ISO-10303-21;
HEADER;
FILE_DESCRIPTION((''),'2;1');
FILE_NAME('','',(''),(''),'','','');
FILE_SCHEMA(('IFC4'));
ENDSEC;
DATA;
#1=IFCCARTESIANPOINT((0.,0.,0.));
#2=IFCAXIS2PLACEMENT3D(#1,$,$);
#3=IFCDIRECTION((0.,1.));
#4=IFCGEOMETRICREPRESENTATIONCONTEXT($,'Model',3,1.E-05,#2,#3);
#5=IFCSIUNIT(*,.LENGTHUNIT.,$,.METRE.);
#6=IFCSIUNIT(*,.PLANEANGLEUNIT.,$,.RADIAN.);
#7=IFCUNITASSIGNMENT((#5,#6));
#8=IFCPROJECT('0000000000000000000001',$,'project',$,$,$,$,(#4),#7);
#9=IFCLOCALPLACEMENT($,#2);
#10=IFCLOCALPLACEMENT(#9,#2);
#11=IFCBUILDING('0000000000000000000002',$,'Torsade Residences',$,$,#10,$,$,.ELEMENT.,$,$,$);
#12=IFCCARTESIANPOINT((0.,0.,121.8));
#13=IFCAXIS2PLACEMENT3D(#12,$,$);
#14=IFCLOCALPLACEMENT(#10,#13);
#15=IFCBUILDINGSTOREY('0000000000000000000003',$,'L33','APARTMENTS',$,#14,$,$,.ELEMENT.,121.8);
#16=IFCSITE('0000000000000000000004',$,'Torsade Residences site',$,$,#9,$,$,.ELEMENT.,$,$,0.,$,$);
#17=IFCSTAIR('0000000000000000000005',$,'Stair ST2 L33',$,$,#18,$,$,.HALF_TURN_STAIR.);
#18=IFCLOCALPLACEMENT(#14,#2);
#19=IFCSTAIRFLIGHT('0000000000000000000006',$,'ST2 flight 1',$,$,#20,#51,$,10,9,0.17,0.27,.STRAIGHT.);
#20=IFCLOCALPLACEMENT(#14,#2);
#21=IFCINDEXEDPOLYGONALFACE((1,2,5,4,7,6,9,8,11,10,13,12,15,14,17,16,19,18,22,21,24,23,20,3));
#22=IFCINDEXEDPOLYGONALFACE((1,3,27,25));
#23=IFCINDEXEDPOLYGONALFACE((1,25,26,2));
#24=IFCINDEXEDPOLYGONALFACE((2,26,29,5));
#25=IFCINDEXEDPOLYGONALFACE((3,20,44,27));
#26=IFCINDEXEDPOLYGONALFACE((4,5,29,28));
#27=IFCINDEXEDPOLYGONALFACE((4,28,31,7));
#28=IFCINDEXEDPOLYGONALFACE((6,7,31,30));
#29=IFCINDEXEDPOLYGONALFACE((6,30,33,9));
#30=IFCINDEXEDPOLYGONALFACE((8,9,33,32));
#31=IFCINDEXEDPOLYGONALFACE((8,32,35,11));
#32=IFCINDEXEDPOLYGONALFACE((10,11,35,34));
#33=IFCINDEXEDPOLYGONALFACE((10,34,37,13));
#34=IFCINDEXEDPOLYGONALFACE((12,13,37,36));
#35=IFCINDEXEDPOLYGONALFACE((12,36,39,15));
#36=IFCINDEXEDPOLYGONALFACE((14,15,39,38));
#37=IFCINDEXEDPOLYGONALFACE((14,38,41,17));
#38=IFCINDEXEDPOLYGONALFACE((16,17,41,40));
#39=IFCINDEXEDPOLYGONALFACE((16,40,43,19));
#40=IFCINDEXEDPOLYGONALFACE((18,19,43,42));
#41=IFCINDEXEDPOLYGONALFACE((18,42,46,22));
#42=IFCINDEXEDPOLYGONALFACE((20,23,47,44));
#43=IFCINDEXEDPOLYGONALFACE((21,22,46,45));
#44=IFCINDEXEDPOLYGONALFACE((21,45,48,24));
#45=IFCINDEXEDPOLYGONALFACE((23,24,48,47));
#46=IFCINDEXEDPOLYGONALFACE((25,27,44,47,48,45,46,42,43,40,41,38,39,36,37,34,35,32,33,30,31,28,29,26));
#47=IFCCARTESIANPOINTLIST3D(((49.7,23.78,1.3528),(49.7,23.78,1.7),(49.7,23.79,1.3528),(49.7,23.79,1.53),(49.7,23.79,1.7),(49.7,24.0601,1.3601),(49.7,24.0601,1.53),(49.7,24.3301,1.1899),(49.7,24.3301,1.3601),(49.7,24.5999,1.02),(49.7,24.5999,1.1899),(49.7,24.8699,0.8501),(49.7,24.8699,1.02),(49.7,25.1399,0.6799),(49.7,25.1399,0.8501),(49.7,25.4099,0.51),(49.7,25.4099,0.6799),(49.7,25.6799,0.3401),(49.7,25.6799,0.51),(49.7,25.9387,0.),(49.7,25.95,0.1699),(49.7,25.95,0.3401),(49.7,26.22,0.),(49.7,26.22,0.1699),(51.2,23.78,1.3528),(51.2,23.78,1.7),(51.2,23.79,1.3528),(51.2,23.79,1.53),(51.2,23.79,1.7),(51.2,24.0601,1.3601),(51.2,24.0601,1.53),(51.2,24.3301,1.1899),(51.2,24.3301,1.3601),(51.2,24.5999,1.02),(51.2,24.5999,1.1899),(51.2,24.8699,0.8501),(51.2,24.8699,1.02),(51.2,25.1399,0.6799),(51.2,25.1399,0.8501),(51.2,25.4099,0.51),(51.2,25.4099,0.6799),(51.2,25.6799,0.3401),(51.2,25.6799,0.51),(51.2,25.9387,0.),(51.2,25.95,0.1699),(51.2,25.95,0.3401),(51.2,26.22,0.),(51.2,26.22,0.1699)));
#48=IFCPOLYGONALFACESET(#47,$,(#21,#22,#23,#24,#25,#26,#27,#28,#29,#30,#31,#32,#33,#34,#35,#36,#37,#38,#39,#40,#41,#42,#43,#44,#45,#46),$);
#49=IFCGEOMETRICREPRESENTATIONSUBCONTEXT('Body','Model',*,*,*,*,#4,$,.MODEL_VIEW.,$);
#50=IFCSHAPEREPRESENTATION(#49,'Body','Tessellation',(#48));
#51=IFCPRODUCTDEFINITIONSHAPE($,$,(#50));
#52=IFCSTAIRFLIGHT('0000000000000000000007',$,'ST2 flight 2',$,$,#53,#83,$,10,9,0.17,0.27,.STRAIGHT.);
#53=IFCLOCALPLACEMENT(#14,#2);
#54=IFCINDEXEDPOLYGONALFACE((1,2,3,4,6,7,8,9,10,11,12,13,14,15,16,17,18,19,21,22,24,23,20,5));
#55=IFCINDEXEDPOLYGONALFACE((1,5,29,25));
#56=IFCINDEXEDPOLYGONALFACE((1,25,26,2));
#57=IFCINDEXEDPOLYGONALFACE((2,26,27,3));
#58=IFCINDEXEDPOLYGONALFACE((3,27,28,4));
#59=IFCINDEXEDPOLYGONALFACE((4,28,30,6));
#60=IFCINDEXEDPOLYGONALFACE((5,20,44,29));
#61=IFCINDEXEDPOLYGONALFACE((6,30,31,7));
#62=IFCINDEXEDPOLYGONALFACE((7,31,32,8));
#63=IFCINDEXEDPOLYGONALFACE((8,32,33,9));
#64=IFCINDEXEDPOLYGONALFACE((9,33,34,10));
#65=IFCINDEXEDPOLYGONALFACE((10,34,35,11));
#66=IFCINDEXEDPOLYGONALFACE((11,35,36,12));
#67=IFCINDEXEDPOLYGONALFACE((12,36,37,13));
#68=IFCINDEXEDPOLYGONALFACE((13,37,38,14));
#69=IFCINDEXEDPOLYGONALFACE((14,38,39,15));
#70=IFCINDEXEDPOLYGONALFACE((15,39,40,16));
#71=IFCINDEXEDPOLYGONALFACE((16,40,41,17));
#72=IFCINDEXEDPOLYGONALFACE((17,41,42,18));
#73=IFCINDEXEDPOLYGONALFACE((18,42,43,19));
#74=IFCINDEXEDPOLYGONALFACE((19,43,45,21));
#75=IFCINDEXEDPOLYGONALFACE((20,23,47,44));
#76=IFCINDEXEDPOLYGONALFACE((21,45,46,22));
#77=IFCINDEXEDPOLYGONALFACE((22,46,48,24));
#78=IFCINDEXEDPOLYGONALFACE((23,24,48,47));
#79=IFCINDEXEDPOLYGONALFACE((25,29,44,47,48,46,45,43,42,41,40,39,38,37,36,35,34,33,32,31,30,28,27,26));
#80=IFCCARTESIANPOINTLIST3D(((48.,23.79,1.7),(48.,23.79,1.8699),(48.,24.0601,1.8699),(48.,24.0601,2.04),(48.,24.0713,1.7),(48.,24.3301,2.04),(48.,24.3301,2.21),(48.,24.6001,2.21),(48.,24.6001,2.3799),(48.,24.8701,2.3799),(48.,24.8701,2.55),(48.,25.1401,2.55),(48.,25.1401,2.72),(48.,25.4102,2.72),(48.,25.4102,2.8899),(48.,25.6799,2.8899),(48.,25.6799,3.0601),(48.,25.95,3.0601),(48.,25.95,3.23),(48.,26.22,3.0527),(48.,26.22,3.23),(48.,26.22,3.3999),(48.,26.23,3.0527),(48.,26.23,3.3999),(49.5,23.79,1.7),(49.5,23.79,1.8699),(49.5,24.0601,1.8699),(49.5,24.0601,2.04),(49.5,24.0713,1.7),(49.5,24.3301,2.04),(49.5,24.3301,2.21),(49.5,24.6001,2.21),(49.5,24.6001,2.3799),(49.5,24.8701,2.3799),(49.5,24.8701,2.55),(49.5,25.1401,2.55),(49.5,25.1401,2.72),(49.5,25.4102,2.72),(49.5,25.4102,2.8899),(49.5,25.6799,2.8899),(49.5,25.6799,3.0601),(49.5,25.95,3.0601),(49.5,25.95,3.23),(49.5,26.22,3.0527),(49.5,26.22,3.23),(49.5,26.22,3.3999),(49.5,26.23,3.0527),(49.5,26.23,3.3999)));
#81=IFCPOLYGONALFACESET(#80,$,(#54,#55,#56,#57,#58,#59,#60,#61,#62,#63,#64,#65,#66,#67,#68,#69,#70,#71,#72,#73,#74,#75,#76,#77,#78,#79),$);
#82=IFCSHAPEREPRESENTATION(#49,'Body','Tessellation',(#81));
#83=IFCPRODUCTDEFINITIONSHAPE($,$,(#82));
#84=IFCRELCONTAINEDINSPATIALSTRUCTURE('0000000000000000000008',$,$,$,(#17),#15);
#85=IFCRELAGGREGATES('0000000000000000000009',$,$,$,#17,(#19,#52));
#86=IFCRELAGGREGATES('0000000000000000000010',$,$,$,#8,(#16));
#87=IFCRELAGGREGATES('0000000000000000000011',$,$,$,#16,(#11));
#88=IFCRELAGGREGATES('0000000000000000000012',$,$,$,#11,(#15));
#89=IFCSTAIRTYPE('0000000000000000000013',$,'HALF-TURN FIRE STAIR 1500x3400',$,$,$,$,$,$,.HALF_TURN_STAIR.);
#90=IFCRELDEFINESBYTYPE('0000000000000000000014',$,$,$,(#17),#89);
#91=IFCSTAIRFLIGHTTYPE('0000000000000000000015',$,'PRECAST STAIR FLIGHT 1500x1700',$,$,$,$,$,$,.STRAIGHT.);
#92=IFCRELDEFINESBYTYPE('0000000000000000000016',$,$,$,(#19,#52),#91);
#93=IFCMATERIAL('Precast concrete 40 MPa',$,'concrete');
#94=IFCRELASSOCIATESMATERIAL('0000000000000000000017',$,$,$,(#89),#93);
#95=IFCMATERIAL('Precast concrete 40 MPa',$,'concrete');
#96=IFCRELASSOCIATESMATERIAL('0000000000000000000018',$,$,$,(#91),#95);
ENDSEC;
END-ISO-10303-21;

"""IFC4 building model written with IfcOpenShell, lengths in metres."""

from ifc_helpers import new_model, si_unit, direction, frame, origin, place, context, subcontext, project, spatial, polyline, outline, extrude, material, type_object, element, aggregate, save


model = new_model("IFC4")

# Units and contexts
model_context = context("Model", 3, precision=1e-05, world=origin(), true_north=direction((0.0, 1.0)))
body_context = subcontext(model_context, "Body", "Model", "MODEL_VIEW")
ifc_project = project(units=[si_unit("LENGTHUNIT", "METRE"), si_unit("PLANEANGLEUNIT", "RADIAN")], contexts=[model_context])

# Site, building, storey
site_placement = place(None, origin())
site = spatial("IfcSite", under=ifc_project, at=site_placement, Name="Torsade Residences site", CompositionType="ELEMENT", RefElevation=0.0)
building_placement = place(site_placement, origin())
building = spatial("IfcBuilding", under=site, at=building_placement, Name="Torsade Residences", CompositionType="ELEMENT")
storey_placement = place(building_placement, frame((0.0, 0.0, 121.8)))
storey = spatial("IfcBuildingStorey", under=building, at=storey_placement, Name="L33", Description="APARTMENTS", CompositionType="ELEMENT", Elevation=121.8)

# Stair, stair flights
ifc_material_1 = material(Name="Precast concrete 40 MPa", Category="concrete")
stair_type = type_object("IfcStairType", Name="HALF-TURN FIRE STAIR 1500x3400", PredefinedType="HALF_TURN_STAIR", material=ifc_material_1)
stair_placement = place(storey_placement, origin())
stair = element("IfcStair", 1, at=stair_placement, inside=storey, type_object=stair_type, Name="Stair ST2 L33", PredefinedType="HALF_TURN_STAIR")
ifc_material_2 = material(Name="Precast concrete 40 MPa", Category="concrete")
stair_flight_type = type_object("IfcStairFlightType", Name="PRECAST STAIR FLIGHT 1500x1700", PredefinedType="STRAIGHT", material=ifc_material_2)
stair_flight_1_placement = place(storey_placement, frame((50.45, 26.22, 0.0), z_axis=(0.0, 0.0, 1.0), x_axis=(0.0, -1.0, 0.0)))
stair_flight_1 = element("IfcStairFlight", 2, at=stair_flight_1_placement, type_object=stair_flight_type, Name="ST2 flight 1", NumberOfRisers=10, NumberOfTreads=9, PredefinedType="STRAIGHT", RiserHeight=0.17, TreadLength=0.27, context=body_context, shape_type="SweptSolid", body=[
    extrude(outline(polyline([(0.0, 0.0), (0.0, 0.1699), (0.27, 0.1699), (0.27, 0.3401), (0.54, 0.3401), (0.54, 0.51), (0.8101, 0.51), (0.8101, 0.6799), (1.0801, 0.6799), (1.0801, 0.8501), (1.3501, 0.8501), (1.3501, 1.02), (1.6201, 1.02), (1.6201, 1.1899), (1.8899, 1.1899), (1.8899, 1.3601), (2.1599, 1.3601), (2.1599, 1.53), (2.4299, 1.53), (2.4299, 1.7), (2.4399, 1.7), (2.4399, 1.3528), (2.4299, 1.3528), (0.2812, 0.0), (0.0, 0.0)])), frame((0.0, 0.75, 0.0), z_axis=(0.0, -1.0, 0.0), x_axis=(1.0, 0.0, 0.0)), (0.0, 0.0, 1.0), 1.5),
])
stair_flight_2_placement = place(storey_placement, frame((48.75, 23.79, 1.7), z_axis=(0.0, 0.0, 1.0), x_axis=(0.0, 1.0, 0.0)))
stair_flight_2 = element("IfcStairFlight", 3, at=stair_flight_2_placement, type_object=stair_flight_type, Name="ST2 flight 2", NumberOfRisers=10, NumberOfTreads=9, PredefinedType="STRAIGHT", RiserHeight=0.17, TreadLength=0.27, context=body_context, shape_type="SweptSolid", body=[
    extrude(outline(polyline([(0.0, 0.0), (0.0, 0.1699), (0.27, 0.1699), (0.27, 0.3401), (0.54, 0.3401), (0.54, 0.51), (0.8101, 0.51), (0.8101, 0.6799), (1.0801, 0.6799), (1.0801, 0.8501), (1.3501, 0.8501), (1.3501, 1.02), (1.6201, 1.02), (1.6201, 1.1899), (1.8899, 1.1899), (1.8899, 1.3601), (2.1599, 1.3601), (2.1599, 1.53), (2.4299, 1.53), (2.4299, 1.7), (2.4399, 1.7), (2.4399, 1.3528), (2.4299, 1.3528), (0.2812, 0.0), (0.0, 0.0)])), frame((0.0, 0.75, 0.0), z_axis=(0.0, -1.0, 0.0), x_axis=(1.0, 0.0, 0.0)), (0.0, 0.0, 1.0), 1.5),
])
aggregate(stair, [stair_flight_1, stair_flight_2])

save(model, "model.ifc")
